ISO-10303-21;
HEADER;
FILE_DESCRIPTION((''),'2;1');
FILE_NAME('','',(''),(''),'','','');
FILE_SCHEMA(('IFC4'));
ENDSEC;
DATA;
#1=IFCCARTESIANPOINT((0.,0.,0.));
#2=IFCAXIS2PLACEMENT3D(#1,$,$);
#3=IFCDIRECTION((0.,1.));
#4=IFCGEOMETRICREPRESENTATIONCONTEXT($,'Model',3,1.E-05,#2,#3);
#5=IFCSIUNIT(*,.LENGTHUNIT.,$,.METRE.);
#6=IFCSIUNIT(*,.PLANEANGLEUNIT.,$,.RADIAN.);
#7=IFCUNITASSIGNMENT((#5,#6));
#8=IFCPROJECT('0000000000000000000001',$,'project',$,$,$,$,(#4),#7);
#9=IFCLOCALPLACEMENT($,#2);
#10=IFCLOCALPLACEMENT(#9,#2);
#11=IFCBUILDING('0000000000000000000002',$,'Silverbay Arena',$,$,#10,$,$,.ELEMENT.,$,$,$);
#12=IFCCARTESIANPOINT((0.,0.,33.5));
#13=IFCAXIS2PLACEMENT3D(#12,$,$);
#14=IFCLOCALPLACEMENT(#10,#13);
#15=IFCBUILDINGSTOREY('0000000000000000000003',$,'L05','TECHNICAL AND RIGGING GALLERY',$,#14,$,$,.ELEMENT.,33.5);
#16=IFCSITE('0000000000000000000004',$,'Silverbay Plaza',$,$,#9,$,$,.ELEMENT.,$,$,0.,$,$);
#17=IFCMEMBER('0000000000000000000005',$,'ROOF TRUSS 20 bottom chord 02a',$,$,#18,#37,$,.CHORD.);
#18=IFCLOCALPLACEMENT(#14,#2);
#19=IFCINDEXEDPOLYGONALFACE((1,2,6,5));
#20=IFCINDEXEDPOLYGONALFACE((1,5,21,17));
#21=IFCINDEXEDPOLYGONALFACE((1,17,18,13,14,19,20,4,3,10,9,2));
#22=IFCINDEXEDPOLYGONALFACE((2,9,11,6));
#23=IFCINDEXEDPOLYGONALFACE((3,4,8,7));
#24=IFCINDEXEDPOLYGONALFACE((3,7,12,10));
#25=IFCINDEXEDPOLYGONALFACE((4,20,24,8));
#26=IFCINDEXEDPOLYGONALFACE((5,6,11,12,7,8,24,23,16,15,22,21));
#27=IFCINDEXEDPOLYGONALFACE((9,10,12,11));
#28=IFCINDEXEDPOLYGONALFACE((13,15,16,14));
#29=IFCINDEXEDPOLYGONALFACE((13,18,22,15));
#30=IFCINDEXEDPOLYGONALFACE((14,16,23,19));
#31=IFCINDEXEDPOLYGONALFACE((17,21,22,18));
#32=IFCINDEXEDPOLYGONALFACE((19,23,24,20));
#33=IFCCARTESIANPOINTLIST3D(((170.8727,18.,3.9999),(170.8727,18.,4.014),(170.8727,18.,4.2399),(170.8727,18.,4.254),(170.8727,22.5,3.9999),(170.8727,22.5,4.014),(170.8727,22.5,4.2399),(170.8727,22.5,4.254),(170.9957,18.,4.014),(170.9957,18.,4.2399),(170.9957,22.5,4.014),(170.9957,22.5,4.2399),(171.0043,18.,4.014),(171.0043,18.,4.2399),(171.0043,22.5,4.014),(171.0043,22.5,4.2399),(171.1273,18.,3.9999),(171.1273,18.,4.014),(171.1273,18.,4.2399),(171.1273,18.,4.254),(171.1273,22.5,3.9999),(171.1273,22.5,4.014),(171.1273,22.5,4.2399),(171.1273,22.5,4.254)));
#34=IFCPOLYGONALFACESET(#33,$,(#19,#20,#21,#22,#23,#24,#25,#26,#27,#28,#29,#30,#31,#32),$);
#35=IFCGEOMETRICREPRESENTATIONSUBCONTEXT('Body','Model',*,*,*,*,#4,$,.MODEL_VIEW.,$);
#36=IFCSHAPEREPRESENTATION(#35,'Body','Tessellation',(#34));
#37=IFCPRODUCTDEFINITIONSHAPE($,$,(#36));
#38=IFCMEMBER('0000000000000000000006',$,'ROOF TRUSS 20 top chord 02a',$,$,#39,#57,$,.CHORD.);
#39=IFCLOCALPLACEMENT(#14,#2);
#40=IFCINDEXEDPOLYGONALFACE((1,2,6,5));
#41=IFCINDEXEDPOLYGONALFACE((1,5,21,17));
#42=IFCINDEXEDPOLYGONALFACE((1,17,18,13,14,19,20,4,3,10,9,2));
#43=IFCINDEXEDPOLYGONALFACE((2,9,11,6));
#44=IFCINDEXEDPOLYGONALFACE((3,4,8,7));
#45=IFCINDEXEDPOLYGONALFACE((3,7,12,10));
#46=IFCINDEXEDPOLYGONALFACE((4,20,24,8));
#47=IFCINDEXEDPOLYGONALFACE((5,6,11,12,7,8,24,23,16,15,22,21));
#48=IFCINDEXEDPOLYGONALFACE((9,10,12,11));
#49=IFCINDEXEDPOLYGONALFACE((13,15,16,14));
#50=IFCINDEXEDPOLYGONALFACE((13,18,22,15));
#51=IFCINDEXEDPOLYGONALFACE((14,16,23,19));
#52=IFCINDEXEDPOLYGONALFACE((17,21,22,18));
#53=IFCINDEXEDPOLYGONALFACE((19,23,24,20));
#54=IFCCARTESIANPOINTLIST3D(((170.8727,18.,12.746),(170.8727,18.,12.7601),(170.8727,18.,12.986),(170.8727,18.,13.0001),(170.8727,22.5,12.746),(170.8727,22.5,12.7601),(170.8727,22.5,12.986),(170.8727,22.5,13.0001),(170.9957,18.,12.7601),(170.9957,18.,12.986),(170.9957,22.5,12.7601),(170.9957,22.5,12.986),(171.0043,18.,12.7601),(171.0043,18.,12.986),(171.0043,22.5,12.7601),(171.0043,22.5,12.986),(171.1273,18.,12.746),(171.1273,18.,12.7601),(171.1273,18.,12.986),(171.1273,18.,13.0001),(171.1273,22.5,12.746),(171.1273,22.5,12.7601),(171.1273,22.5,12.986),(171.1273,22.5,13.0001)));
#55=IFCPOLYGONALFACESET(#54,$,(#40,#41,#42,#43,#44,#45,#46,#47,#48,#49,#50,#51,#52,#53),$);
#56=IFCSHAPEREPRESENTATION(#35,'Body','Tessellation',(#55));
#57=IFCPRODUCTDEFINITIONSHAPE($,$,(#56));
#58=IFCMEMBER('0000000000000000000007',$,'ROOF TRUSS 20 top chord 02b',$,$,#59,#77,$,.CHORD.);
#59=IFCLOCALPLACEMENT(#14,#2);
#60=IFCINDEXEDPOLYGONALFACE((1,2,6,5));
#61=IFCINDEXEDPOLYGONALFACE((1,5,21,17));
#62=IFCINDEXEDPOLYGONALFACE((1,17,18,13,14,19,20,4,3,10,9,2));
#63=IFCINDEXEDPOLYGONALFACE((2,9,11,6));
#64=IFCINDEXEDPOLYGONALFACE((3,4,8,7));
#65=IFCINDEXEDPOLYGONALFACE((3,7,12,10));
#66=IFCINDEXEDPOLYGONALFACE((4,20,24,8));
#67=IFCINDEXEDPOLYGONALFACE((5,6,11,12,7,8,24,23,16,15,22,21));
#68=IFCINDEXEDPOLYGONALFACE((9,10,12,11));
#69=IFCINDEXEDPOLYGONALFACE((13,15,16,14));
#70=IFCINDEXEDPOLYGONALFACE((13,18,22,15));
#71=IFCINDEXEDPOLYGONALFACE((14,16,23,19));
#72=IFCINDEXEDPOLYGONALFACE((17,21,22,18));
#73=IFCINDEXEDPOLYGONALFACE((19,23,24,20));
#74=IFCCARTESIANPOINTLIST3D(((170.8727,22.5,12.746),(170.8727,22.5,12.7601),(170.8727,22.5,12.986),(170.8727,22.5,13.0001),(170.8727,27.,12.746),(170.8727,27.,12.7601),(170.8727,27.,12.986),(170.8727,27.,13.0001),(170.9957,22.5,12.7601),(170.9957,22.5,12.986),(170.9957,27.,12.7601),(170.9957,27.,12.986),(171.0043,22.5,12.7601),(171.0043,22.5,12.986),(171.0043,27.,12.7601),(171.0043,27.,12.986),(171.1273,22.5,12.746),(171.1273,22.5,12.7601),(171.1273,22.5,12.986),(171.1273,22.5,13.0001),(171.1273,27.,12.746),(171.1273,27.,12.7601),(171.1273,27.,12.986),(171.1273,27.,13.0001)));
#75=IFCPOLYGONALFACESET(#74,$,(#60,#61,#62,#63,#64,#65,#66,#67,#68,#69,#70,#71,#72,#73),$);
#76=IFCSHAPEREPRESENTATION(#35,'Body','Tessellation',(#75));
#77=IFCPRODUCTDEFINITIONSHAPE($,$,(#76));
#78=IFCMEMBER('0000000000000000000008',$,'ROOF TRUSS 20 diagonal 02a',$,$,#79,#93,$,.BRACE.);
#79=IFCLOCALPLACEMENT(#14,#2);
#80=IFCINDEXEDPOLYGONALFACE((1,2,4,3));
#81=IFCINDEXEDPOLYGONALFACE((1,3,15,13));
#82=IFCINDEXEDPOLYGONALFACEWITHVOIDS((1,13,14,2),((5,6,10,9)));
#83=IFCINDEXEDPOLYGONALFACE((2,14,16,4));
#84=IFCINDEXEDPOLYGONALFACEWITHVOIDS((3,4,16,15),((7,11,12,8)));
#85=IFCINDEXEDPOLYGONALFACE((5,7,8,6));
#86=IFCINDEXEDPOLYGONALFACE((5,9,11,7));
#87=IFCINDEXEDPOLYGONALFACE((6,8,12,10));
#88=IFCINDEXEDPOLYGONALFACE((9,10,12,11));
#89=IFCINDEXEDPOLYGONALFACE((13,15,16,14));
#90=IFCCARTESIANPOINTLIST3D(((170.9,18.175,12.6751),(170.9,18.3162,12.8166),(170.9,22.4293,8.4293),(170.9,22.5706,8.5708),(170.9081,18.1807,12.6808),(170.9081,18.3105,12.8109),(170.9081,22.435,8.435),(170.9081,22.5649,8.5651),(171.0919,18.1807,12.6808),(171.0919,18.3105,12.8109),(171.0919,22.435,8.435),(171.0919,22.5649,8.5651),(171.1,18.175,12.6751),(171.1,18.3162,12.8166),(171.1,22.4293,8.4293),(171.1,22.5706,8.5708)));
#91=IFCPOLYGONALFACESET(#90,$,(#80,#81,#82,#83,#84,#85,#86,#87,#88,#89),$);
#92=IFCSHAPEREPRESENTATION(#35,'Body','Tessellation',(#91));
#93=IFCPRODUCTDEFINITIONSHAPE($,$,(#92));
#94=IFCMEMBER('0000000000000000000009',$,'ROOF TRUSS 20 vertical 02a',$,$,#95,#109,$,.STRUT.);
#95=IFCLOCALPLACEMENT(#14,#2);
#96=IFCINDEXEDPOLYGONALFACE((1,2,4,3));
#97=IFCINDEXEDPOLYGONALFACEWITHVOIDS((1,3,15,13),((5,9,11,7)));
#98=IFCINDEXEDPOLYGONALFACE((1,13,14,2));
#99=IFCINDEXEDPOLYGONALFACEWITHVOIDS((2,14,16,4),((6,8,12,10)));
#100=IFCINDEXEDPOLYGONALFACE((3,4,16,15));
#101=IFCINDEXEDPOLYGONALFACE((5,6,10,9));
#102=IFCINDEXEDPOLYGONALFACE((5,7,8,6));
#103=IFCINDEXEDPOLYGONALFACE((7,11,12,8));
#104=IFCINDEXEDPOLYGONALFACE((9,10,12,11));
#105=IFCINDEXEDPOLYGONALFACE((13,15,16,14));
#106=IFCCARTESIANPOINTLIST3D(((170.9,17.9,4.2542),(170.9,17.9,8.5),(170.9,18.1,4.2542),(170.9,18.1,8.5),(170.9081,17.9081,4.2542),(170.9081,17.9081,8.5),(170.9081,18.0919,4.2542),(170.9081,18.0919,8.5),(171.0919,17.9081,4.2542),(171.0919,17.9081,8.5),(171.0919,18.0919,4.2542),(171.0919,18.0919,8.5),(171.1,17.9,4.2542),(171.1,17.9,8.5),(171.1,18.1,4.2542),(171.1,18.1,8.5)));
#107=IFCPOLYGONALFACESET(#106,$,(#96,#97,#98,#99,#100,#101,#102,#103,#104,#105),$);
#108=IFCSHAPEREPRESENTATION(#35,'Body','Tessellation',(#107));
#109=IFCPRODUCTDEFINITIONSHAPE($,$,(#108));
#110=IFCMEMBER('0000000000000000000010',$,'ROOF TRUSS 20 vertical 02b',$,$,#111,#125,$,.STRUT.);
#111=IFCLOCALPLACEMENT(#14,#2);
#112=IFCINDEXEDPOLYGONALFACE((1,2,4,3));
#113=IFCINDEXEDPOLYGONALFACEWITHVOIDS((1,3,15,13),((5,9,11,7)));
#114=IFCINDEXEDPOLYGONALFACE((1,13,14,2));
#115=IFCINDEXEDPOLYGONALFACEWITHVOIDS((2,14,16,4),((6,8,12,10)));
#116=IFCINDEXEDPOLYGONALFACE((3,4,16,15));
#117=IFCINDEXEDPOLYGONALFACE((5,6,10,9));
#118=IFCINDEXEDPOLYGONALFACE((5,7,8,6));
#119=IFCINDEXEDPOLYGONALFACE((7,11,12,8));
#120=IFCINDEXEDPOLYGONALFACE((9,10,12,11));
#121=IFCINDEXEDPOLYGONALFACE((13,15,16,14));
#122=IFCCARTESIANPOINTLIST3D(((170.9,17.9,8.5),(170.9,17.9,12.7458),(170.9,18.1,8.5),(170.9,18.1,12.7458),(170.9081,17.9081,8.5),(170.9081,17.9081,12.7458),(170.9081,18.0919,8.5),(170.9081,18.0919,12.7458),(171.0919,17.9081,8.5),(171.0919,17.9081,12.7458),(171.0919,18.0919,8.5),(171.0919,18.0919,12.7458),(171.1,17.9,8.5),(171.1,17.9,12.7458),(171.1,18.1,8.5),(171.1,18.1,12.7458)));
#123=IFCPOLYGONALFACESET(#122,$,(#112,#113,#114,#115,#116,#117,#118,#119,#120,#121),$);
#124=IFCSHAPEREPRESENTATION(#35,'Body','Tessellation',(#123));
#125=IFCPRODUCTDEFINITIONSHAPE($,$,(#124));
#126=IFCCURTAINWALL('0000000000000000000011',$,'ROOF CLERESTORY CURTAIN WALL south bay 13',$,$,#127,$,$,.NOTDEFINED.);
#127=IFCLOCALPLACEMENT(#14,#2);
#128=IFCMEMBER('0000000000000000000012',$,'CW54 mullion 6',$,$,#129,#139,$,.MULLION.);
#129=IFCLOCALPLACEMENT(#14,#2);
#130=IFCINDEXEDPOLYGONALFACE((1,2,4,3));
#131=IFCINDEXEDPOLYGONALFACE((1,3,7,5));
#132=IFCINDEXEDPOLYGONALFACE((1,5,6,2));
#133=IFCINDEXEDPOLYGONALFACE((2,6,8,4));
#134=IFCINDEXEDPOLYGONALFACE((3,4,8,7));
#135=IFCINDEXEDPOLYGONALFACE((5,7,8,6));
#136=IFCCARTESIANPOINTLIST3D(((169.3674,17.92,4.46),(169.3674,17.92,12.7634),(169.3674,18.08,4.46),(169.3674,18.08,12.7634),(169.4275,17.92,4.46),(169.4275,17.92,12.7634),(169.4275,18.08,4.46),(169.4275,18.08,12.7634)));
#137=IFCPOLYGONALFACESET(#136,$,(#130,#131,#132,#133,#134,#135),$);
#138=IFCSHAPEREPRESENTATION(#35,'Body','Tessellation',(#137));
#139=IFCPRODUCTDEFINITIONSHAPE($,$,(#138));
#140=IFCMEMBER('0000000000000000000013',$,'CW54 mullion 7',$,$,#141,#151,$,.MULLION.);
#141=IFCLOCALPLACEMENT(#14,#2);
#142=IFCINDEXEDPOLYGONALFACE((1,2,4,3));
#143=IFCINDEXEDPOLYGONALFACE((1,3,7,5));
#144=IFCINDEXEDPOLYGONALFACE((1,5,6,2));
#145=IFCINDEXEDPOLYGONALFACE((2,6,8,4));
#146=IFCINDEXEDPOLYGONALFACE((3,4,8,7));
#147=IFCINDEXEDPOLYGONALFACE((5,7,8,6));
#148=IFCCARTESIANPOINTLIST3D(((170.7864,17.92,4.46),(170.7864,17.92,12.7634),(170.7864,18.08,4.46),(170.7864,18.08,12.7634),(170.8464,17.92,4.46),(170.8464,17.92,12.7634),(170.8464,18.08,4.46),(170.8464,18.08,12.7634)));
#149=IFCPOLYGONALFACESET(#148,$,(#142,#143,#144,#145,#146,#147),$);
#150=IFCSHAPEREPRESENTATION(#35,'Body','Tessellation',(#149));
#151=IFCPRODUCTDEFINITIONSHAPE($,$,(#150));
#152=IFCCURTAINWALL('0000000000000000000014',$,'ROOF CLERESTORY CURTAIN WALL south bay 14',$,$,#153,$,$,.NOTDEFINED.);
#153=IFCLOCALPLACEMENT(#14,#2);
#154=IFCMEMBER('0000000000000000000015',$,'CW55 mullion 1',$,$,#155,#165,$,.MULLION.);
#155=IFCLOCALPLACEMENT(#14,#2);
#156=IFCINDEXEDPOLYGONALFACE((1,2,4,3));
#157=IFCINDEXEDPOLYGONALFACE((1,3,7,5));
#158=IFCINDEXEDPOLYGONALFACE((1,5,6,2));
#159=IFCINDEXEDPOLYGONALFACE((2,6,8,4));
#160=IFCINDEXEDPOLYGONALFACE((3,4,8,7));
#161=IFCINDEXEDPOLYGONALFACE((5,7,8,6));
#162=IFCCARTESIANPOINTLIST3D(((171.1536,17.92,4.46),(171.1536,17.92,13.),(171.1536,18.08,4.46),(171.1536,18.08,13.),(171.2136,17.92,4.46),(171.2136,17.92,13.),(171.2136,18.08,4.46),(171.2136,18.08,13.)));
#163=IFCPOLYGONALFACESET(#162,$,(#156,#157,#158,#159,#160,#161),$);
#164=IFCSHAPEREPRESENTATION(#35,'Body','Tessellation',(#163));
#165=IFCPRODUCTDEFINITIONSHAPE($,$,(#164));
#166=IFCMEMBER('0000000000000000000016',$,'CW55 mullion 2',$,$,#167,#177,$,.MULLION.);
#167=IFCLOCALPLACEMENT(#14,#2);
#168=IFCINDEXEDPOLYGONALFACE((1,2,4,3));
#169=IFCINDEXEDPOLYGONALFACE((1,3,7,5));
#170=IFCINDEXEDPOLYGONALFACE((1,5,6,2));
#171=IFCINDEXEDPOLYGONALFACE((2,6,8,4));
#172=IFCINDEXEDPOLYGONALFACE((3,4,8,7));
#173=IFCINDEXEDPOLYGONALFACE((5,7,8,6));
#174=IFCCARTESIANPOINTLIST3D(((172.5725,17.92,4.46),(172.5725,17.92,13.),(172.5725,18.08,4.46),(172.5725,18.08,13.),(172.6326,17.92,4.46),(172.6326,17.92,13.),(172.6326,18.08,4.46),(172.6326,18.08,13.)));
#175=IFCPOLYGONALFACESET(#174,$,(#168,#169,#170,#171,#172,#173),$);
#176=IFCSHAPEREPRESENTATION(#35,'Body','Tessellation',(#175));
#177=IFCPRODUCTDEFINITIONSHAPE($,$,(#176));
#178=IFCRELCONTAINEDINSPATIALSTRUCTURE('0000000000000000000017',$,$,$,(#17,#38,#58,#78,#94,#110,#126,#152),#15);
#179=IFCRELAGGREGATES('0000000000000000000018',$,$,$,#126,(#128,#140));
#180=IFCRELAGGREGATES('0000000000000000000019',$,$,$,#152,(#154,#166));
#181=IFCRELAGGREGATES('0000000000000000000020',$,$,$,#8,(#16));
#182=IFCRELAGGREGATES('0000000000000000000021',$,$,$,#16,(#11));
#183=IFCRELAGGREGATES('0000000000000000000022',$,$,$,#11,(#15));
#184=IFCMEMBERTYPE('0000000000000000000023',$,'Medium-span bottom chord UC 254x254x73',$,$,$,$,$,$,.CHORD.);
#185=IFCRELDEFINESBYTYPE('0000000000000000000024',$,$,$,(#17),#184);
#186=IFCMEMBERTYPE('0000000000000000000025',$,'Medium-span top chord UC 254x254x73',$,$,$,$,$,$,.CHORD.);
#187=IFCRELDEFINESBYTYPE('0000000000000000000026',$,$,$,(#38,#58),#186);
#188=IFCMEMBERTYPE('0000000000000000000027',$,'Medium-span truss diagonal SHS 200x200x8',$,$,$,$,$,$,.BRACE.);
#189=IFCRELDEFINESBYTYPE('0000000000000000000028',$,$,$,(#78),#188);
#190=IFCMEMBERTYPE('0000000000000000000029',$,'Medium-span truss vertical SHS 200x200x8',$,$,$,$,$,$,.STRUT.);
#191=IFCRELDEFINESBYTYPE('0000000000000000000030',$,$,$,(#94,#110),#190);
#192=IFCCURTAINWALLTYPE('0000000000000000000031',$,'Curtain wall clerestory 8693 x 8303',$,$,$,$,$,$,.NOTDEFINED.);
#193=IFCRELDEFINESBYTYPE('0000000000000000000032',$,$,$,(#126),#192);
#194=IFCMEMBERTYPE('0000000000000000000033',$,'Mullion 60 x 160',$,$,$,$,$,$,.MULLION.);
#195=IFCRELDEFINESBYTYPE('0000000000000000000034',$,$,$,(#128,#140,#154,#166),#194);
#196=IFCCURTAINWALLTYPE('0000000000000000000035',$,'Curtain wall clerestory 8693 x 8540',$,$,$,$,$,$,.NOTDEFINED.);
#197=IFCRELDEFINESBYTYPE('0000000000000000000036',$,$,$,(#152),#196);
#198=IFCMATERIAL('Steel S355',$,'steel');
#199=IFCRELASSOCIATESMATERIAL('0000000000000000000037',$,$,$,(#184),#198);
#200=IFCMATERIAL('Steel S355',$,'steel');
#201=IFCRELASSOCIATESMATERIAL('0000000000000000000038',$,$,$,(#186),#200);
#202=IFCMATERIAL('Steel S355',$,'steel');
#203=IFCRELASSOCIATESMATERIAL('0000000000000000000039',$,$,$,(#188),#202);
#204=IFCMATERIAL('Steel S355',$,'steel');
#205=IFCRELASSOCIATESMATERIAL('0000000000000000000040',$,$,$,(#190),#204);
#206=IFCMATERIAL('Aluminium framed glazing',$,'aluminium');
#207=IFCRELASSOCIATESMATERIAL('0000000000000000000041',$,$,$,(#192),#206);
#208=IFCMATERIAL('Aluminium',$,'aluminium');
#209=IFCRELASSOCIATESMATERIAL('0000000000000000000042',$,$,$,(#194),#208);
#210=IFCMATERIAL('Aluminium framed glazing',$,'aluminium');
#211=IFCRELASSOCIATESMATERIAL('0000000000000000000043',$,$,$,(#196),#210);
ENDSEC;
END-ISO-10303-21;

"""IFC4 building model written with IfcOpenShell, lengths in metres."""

from ifc_helpers import new_model, si_unit, direction, frame, origin, origin_2d, place, context, subcontext, project, spatial, rectangle, hollow_rectangle, i_section, extrude, material, material_profile, profile_set, type_object, element, aggregate, save


model = new_model("IFC4")

# Units and contexts
model_context = context("Model", 3, precision=1e-05, world=origin(), true_north=direction((0.0, 1.0)))
body_context = subcontext(model_context, "Body", "Model", "MODEL_VIEW")
ifc_project = project(units=[si_unit("LENGTHUNIT", "METRE"), si_unit("PLANEANGLEUNIT", "RADIAN")], contexts=[model_context])

# Site, building, storey
site_placement = place(None, origin())
site = spatial("IfcSite", under=ifc_project, at=site_placement, Name="Silverbay Plaza", CompositionType="ELEMENT", RefElevation=0.0)
building_placement = place(site_placement, origin())
building = spatial("IfcBuilding", under=site, at=building_placement, Name="Silverbay Arena", CompositionType="ELEMENT")
storey_placement = place(building_placement, frame((0.0, 0.0, 33.5)))
storey = spatial("IfcBuildingStorey", under=building, at=storey_placement, Name="L05", Description="TECHNICAL AND RIGGING GALLERY", CompositionType="ELEMENT", Elevation=33.5)

# Members
ifc_material_1 = material(Name="Steel S355", Category="steel")
ifc_material_profile_1 = material_profile(ifc_material_1, i_section(OverallWidth=0.2546, OverallDepth=0.2542, WebThickness=0.0085, FlangeThickness=0.0142, at=origin_2d()), Name="UC 254x254x73")
ifc_profile_set_1 = profile_set([ifc_material_profile_1], Name="Steel S355")
member_type_1 = type_object("IfcMemberType", Name="Medium-span bottom chord UC 254x254x73", PredefinedType="CHORD", material=ifc_profile_set_1)
member_1_placement = place(storey_placement, frame((171.0, 18.0, 4.127), z_axis=(0.0, 1.0, 0.0), x_axis=(-1.0, 0.0, 0.0)))
element("IfcMember", 1, at=member_1_placement, inside=storey, type_object=member_type_1, Name="ROOF TRUSS 20 bottom chord 02a", PredefinedType="CHORD", context=body_context, shape_type="SweptSolid", body=[
    extrude(i_section(OverallWidth=0.2546, OverallDepth=0.2542, WebThickness=0.0085, FlangeThickness=0.0142, at=origin_2d()), origin(), (0.0, 0.0, 1.0), 4.5),
])
ifc_material_2 = material(Name="Steel S355", Category="steel")
ifc_material_profile_2 = material_profile(ifc_material_2, i_section(OverallWidth=0.2546, OverallDepth=0.2542, WebThickness=0.0085, FlangeThickness=0.0142, at=origin_2d()), Name="UC 254x254x73")
ifc_profile_set_2 = profile_set([ifc_material_profile_2], Name="Steel S355")
member_type_2 = type_object("IfcMemberType", Name="Medium-span top chord UC 254x254x73", PredefinedType="CHORD", material=ifc_profile_set_2)
for number, where, z_axis, x_axis, name in (
    (2, (171.0, 18.0, 12.873), (0.0, 1.0, 0.0), (-1.0, 0.0, 0.0), "ROOF TRUSS 20 top chord 02a"),
    (3, (171.0, 22.5, 12.873), (0.0, 1.0, 0.0), (-1.0, 0.0, 0.0), "ROOF TRUSS 20 top chord 02b"),
):
    element("IfcMember", number, at=place(storey_placement, frame(where, z_axis=z_axis, x_axis=x_axis)), inside=storey, type_object=member_type_2, Name=name, PredefinedType="CHORD", context=body_context, shape_type="SweptSolid", body=[
        extrude(i_section(OverallWidth=0.2546, OverallDepth=0.2542, WebThickness=0.0085, FlangeThickness=0.0142, at=origin_2d()), origin(), (0.0, 0.0, 1.0), 4.5),
    ])
ifc_material_3 = material(Name="Steel S355", Category="steel")
ifc_material_profile_3 = material_profile(ifc_material_3, hollow_rectangle(XDim=0.2, YDim=0.2, WallThickness=0.0081, at=origin_2d()), Name="SHS 200x200x8")
ifc_profile_set_3 = profile_set([ifc_material_profile_3], Name="Steel S355")
member_type_3 = type_object("IfcMemberType", Name="Medium-span truss diagonal SHS 200x200x8", PredefinedType="BRACE", material=ifc_profile_set_3)
member_2_placement = place(storey_placement, frame((171.0, 18.2456, 12.7458), z_axis=(0.0, 0.707817, -0.706396), x_axis=(-1.0, 0.0, 0.0)))
element("IfcMember", 4, at=member_2_placement, inside=storey, type_object=member_type_3, Name="ROOF TRUSS 20 diagonal 02a", PredefinedType="BRACE", context=body_context, shape_type="SweptSolid", body=[
    extrude(hollow_rectangle(XDim=0.2, YDim=0.2, WallThickness=0.0081, at=origin_2d()), origin(), (0.0, 0.0, 1.0), 6.0105),
])
ifc_material_4 = material(Name="Steel S355", Category="steel")
ifc_material_profile_4 = material_profile(ifc_material_4, hollow_rectangle(XDim=0.2, YDim=0.2, WallThickness=0.0081, at=origin_2d()), Name="SHS 200x200x8")
ifc_profile_set_4 = profile_set([ifc_material_profile_4], Name="Steel S355")
member_type_4 = type_object("IfcMemberType", Name="Medium-span truss vertical SHS 200x200x8", PredefinedType="STRUT", material=ifc_profile_set_4)
for number, where, z_axis, x_axis, name in (
    (5, (171.0, 18.0, 4.2542), (0.0, 0.0, 1.0), (1.0, 0.0, 0.0), "ROOF TRUSS 20 vertical 02a"),
    (6, (171.0, 18.0, 8.5), (0.0, 0.0, 1.0), (1.0, 0.0, 0.0), "ROOF TRUSS 20 vertical 02b"),
):
    element("IfcMember", number, at=place(storey_placement, frame(where, z_axis=z_axis, x_axis=x_axis)), inside=storey, type_object=member_type_4, Name=name, PredefinedType="STRUT", context=body_context, shape_type="SweptSolid", body=[
        extrude(hollow_rectangle(XDim=0.2, YDim=0.2, WallThickness=0.0081, at=origin_2d()), origin(), (0.0, 0.0, 1.0), 4.2458),
    ])

# Curtain walls, members
ifc_material_5 = material(Name="Aluminium framed glazing", Category="aluminium")
curtain_wall_type_1 = type_object("IfcCurtainWallType", Name="Curtain wall clerestory 8693 x 8303", PredefinedType="NOTDEFINED", material=ifc_material_5)
curtain_wall_1_placement = place(storey_placement, origin())
curtain_wall_1 = element("IfcCurtainWall", 7, at=curtain_wall_1_placement, inside=storey, type_object=curtain_wall_type_1, Name="ROOF CLERESTORY CURTAIN WALL south bay 13", PredefinedType="NOTDEFINED")
ifc_material_6 = material(Name="Aluminium", Category="aluminium")
ifc_material_profile_5 = material_profile(ifc_material_6, rectangle(XDim=0.1599, YDim=0.0601, at=origin_2d()), Name="Mullion 60 x 160")
ifc_profile_set_5 = profile_set([ifc_material_profile_5], Name="Aluminium")
member_type_5 = type_object("IfcMemberType", Name="Mullion 60 x 160", PredefinedType="MULLION", material=ifc_profile_set_5)
member_3_placement = place(storey_placement, frame((169.3975, 18.0, 4.46), z_axis=(0.0, 0.0, 1.0), x_axis=(0.0, 1.0, 0.0)))
member_3 = element("IfcMember", 8, at=member_3_placement, type_object=member_type_5, Name="CW54 mullion 6", PredefinedType="MULLION", context=body_context, shape_type="SweptSolid", body=[
    extrude(rectangle(XDim=0.1599, YDim=0.0601, at=origin_2d()), origin(), (0.0, 0.0, 1.0), 8.3035),
])
member_4_placement = place(storey_placement, frame((170.8164, 18.0, 4.46), z_axis=(0.0, 0.0, 1.0), x_axis=(0.0, 1.0, 0.0)))
member_4 = element("IfcMember", 9, at=member_4_placement, type_object=member_type_5, Name="CW54 mullion 7", PredefinedType="MULLION", context=body_context, shape_type="SweptSolid", body=[
    extrude(rectangle(XDim=0.1599, YDim=0.0601, at=origin_2d()), origin(), (0.0, 0.0, 1.0), 8.3035),
])
ifc_material_7 = material(Name="Aluminium framed glazing", Category="aluminium")
curtain_wall_type_2 = type_object("IfcCurtainWallType", Name="Curtain wall clerestory 8693 x 8540", PredefinedType="NOTDEFINED", material=ifc_material_7)
curtain_wall_2_placement = place(storey_placement, origin())
curtain_wall_2 = element("IfcCurtainWall", 10, at=curtain_wall_2_placement, inside=storey, type_object=curtain_wall_type_2, Name="ROOF CLERESTORY CURTAIN WALL south bay 14", PredefinedType="NOTDEFINED")
member_5_placement = place(storey_placement, frame((171.1836, 18.0, 4.46), z_axis=(0.0, 0.0, 1.0), x_axis=(0.0, 1.0, 0.0)))
member_5 = element("IfcMember", 11, at=member_5_placement, type_object=member_type_5, Name="CW55 mullion 1", PredefinedType="MULLION", context=body_context, shape_type="SweptSolid", body=[
    extrude(rectangle(XDim=0.1599, YDim=0.0601, at=origin_2d()), origin(), (0.0, 0.0, 1.0), 8.54),
])
member_6_placement = place(storey_placement, frame((172.6025, 18.0, 4.46), z_axis=(0.0, 0.0, 1.0), x_axis=(0.0, 1.0, 0.0)))
member_6 = element("IfcMember", 12, at=member_6_placement, type_object=member_type_5, Name="CW55 mullion 2", PredefinedType="MULLION", context=body_context, shape_type="SweptSolid", body=[
    extrude(rectangle(XDim=0.1599, YDim=0.0601, at=origin_2d()), origin(), (0.0, 0.0, 1.0), 8.54),
])

aggregate(curtain_wall_1, [member_3, member_4])
aggregate(curtain_wall_2, [member_5, member_6])

save(model, "model.ifc")
